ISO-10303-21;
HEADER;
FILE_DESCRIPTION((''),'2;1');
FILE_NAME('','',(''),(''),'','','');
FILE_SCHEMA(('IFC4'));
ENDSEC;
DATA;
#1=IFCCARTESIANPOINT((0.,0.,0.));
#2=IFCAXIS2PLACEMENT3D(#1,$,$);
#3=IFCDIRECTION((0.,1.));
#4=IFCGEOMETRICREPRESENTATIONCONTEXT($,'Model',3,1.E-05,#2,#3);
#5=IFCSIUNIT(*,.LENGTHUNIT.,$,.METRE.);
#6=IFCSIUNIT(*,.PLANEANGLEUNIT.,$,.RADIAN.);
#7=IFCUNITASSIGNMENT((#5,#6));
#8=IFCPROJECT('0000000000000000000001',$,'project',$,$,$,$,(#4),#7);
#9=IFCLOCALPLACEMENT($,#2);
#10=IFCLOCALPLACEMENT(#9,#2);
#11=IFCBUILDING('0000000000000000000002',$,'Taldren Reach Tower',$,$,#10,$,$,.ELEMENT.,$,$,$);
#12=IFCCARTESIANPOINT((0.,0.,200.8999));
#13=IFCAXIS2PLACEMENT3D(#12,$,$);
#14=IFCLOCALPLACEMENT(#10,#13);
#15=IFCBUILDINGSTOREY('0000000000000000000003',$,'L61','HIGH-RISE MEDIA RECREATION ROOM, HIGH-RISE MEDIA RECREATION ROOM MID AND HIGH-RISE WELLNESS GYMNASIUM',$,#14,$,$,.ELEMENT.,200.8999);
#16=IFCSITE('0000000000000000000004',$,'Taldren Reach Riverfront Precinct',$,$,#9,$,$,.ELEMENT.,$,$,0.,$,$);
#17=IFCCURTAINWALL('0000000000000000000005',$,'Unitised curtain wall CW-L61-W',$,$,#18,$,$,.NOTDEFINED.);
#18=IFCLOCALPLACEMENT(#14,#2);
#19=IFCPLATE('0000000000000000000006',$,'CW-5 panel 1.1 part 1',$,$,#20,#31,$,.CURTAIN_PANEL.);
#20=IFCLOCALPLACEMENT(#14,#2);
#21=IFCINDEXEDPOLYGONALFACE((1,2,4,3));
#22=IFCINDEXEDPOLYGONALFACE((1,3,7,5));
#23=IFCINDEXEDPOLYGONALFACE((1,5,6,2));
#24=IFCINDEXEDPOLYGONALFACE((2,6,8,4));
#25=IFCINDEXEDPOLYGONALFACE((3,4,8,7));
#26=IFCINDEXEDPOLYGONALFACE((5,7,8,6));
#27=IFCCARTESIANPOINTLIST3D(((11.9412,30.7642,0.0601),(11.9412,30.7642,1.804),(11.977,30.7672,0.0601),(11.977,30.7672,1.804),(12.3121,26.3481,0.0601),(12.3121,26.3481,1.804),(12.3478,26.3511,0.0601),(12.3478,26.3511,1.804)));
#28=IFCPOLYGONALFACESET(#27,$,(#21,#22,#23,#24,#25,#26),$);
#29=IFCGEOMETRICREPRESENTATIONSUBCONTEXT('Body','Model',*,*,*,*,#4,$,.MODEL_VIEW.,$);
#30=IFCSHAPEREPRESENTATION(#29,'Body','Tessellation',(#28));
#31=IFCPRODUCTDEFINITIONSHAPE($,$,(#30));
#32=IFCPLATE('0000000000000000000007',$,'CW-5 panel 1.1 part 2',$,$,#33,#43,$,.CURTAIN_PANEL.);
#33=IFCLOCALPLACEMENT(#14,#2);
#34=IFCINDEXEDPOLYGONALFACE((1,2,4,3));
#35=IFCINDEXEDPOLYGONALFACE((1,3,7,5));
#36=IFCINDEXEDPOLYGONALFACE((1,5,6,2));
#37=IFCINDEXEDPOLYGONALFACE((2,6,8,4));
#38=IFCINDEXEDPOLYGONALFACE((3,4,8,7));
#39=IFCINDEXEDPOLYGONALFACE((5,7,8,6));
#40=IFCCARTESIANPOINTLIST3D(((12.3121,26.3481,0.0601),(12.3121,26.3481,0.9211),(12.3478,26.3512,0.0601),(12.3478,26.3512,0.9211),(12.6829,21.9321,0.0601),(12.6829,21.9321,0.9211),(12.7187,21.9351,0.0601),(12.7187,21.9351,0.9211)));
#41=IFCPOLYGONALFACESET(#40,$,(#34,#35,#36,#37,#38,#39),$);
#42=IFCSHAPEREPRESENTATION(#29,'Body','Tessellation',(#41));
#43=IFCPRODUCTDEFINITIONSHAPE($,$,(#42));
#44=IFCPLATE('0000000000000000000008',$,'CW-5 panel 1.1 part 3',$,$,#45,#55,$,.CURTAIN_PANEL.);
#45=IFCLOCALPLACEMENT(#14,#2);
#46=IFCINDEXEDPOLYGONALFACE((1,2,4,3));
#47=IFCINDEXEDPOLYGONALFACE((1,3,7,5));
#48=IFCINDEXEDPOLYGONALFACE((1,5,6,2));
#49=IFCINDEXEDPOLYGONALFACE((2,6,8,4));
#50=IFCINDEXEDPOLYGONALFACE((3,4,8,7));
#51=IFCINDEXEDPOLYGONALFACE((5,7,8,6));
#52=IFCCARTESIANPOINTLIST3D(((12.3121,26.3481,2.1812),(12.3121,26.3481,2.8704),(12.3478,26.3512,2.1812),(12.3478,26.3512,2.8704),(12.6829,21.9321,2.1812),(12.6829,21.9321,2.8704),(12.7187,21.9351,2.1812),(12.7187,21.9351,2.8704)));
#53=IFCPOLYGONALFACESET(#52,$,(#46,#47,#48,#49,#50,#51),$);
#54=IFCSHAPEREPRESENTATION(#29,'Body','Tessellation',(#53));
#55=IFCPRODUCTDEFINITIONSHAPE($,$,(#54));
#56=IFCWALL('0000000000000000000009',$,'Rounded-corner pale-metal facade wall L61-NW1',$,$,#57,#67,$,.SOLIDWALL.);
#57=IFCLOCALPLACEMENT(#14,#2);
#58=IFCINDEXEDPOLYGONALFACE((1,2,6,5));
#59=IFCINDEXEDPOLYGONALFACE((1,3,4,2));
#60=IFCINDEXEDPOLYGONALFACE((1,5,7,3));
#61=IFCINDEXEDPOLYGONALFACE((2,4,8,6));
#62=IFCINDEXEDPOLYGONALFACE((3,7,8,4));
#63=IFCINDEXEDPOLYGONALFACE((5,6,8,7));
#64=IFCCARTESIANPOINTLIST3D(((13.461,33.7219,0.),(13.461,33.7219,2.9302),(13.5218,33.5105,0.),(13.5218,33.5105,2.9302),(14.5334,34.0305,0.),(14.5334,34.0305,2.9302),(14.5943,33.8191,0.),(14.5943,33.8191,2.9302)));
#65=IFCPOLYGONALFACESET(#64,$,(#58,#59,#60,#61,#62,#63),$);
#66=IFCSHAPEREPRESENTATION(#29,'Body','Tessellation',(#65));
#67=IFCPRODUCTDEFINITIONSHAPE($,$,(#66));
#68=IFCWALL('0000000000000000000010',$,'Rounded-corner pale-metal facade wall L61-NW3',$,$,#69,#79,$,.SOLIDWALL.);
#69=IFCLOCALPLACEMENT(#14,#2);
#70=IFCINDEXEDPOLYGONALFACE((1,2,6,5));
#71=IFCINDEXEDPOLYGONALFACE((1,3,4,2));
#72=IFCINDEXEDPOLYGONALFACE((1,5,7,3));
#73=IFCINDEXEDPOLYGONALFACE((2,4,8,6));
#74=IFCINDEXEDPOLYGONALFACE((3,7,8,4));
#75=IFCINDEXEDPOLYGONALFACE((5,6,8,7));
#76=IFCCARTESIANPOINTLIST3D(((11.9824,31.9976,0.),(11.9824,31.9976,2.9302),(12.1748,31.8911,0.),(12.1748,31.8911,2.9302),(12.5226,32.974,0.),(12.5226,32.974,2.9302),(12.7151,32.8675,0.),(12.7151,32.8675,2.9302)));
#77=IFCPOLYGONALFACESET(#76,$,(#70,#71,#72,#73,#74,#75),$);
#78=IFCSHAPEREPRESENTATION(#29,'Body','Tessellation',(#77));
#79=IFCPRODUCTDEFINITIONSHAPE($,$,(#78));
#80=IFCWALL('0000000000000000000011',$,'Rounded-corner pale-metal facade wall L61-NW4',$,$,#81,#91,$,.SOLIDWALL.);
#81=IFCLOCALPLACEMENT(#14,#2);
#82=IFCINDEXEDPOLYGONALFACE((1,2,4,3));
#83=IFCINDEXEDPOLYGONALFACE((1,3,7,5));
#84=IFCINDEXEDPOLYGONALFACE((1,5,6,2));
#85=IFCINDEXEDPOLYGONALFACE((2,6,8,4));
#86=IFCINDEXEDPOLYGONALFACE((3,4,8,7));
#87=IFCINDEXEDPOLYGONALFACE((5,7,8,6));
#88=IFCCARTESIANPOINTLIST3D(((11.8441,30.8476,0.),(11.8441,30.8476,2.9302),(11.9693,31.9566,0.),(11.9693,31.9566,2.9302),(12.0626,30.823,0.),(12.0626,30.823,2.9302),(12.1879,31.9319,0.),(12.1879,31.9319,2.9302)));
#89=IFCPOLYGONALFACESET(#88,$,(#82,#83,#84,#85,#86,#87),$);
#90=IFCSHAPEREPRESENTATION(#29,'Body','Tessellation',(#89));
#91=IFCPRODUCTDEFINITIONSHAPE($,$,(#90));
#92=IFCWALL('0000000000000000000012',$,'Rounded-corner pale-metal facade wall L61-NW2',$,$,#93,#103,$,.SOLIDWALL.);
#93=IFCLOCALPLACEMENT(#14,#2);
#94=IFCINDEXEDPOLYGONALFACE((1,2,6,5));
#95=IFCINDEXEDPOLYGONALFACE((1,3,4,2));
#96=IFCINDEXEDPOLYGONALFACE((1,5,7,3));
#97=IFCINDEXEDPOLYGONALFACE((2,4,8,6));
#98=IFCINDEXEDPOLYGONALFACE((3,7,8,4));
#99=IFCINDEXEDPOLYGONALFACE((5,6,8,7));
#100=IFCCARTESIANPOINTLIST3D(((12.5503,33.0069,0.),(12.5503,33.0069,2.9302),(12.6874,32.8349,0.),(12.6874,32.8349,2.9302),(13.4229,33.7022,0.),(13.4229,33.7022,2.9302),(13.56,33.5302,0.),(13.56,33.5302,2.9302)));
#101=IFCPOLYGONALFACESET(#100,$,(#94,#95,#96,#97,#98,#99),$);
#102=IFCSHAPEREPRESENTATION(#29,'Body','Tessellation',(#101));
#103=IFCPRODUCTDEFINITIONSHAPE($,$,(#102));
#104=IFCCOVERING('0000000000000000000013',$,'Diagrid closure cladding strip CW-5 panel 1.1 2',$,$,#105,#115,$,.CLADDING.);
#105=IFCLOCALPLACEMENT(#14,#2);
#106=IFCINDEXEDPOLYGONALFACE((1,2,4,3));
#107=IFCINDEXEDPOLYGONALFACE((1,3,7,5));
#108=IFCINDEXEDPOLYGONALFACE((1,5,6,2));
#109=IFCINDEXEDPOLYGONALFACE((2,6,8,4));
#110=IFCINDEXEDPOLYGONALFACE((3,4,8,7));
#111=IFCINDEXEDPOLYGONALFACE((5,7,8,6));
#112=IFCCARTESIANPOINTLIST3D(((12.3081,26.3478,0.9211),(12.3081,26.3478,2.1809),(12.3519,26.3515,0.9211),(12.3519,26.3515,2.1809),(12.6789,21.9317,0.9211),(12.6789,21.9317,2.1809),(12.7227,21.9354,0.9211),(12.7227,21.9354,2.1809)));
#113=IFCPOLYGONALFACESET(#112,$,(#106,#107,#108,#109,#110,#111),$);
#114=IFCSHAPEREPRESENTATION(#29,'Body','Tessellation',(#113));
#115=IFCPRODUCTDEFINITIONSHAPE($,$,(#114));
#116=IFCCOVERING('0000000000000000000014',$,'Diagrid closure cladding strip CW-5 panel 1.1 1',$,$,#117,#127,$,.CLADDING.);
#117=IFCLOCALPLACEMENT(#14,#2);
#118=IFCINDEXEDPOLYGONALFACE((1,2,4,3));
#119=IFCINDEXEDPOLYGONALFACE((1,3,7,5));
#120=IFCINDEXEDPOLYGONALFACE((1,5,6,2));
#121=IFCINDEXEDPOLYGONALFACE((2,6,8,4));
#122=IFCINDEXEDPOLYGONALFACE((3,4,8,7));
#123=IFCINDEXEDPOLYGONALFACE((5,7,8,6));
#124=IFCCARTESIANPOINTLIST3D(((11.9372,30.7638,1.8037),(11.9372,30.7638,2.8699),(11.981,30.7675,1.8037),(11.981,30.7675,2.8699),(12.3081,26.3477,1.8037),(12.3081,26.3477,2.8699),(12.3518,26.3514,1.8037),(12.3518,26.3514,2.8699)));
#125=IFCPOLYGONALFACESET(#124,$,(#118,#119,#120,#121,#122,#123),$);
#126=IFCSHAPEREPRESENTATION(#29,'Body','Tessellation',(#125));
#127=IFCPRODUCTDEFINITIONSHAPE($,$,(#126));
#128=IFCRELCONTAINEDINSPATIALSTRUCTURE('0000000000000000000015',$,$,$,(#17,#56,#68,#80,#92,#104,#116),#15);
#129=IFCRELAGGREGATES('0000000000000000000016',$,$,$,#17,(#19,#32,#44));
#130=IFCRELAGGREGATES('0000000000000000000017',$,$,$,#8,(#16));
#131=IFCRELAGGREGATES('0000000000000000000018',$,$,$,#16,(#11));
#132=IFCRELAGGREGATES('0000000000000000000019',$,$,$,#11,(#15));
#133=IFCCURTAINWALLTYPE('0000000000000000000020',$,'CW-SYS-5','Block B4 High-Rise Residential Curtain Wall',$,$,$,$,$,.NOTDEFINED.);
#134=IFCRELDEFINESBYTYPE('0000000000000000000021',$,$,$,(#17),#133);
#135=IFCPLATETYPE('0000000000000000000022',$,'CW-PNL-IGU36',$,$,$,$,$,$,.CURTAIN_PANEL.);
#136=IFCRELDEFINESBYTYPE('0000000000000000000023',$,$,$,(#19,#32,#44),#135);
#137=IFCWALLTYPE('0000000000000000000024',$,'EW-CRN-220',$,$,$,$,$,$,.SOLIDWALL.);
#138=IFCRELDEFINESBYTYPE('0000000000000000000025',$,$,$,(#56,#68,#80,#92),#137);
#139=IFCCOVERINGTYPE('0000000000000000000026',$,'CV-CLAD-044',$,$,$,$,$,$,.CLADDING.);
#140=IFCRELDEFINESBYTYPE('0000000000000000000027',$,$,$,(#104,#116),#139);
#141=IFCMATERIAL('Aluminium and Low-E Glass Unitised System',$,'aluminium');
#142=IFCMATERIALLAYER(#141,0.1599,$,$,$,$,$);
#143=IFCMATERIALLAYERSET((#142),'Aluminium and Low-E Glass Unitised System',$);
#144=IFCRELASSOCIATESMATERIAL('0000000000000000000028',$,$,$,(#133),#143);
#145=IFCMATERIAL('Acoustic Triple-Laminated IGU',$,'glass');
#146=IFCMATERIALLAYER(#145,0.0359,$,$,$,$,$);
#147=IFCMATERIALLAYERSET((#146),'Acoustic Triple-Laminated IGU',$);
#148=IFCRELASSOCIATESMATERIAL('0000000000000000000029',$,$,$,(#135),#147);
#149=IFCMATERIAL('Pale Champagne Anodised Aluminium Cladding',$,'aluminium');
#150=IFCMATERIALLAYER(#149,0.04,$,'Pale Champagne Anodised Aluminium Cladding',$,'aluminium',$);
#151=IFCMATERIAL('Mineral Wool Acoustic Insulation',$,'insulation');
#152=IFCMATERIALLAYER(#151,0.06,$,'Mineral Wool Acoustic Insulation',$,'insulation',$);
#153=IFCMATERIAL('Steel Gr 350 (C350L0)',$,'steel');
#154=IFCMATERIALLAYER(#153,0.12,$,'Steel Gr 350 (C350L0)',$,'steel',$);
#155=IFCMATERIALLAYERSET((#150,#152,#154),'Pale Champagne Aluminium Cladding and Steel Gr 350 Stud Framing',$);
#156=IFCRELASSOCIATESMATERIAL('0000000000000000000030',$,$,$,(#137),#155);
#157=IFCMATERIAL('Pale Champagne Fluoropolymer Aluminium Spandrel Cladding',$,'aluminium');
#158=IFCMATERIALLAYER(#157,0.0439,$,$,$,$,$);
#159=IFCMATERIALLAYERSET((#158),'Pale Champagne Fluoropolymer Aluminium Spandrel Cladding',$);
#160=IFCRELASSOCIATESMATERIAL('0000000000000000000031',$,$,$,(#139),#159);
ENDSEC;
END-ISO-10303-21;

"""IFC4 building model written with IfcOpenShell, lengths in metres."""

from ifc_helpers import new_model, si_unit, direction, frame, frame_2d, origin, origin_2d, place, context, subcontext, project, spatial, rectangle, extrude, source, transform, mapped, material, layer, layer_set, type_object, element, aggregate, save


model = new_model("IFC4")

# Units and contexts
model_context = context("Model", 3, precision=1e-05, world=origin(), true_north=direction((0.0, 1.0)))
body_context = subcontext(model_context, "Body", "Model", "MODEL_VIEW")
ifc_project = project(units=[si_unit("LENGTHUNIT", "METRE"), si_unit("PLANEANGLEUNIT", "RADIAN")], contexts=[model_context])

# Site, building, storey
site_placement = place(None, origin())
site = spatial("IfcSite", under=ifc_project, at=site_placement, Name="Taldren Reach Riverfront Precinct", CompositionType="ELEMENT", RefElevation=0.0)
building_placement = place(site_placement, origin())
building = spatial("IfcBuilding", under=site, at=building_placement, Name="Taldren Reach Tower", CompositionType="ELEMENT")
storey_placement = place(building_placement, frame((0.0, 0.0, 200.8999)))
storey = spatial("IfcBuildingStorey", under=building, at=storey_placement, Name="L61", Description="HIGH-RISE MEDIA RECREATION ROOM, HIGH-RISE MEDIA RECREATION ROOM MID AND HIGH-RISE WELLNESS GYMNASIUM", CompositionType="ELEMENT", Elevation=200.8999)

# Shared definitions
ifc_material_1 = material(Name="Steel Gr 350 (C350L0)", Category="steel")

# Shared definitions
ifc_material_2 = material(Name="Aluminium and Low-E Glass Unitised System", Category="aluminium")
ifc_layer_1 = layer(ifc_material_2, 0.1599)
ifc_layer_set_1 = layer_set([ifc_layer_1], Name="Aluminium and Low-E Glass Unitised System")
curtain_wall_type = type_object("IfcCurtainWallType", Name="CW-SYS-5", Description="Block B4 High-Rise Residential Curtain Wall", PredefinedType="NOTDEFINED", material=ifc_layer_set_1)

# Curtain wall
curtain_wall_1_placement = place(storey_placement, origin())
curtain_wall_1 = element("IfcCurtainWall", 1, at=curtain_wall_1_placement, inside=storey, type_object=curtain_wall_type, Name="Unitised curtain wall CW-L61-W", PredefinedType="NOTDEFINED")

# Plates
ifc_material_3 = material(Name="Acoustic Triple-Laminated IGU", Category="glass")
ifc_layer_2 = layer(ifc_material_3, 0.0359)
ifc_layer_set_2 = layer_set([ifc_layer_2], Name="Acoustic Triple-Laminated IGU")
plate_type_1 = type_object("IfcPlateType", Name="CW-PNL-IGU36", PredefinedType="CURTAIN_PANEL", material=ifc_layer_set_2)
shared_shape_1 = source(origin(), body_context, "Body", "SweptSolid", [
    extrude(rectangle(XDim=4.4316, YDim=0.0359, at=origin_2d()), origin(), (0.0, 0.0, 1.0), 1.7439),
])
plate_1_placement = place(storey_placement, frame((12.1445, 28.5576, 0.0601), z_axis=(0.0, 0.0, 1.0), x_axis=(0.083678, -0.996493, 0.0)))
plate_1 = element("IfcPlate", 2, at=plate_1_placement, type_object=plate_type_1, Name="CW-5 panel 1.1 part 1", PredefinedType="CURTAIN_PANEL", context=body_context, shape_type="MappedRepresentation", body=[
    mapped(shared_shape_1, transform((0.0, 0.0, 0.0), scale=1.0)),
])
shared_shape_2 = source(origin(), body_context, "Body", "SweptSolid", [
    extrude(rectangle(XDim=4.4316, YDim=0.0359, at=origin_2d()), origin(), (0.0, 0.0, 1.0), 0.8611),
])
plate_2_placement = place(storey_placement, frame((12.5154, 24.1416, 0.0601), z_axis=(0.0, 0.0, 1.0), x_axis=(0.083678, -0.996493, 0.0)))
plate_2 = element("IfcPlate", 3, at=plate_2_placement, type_object=plate_type_1, Name="CW-5 panel 1.1 part 2", PredefinedType="CURTAIN_PANEL", context=body_context, shape_type="MappedRepresentation", body=[
    mapped(shared_shape_2, transform((0.0, 0.0, 0.0), scale=1.0)),
])
shared_shape_3 = source(origin(), body_context, "Body", "SweptSolid", [
    extrude(rectangle(XDim=4.4316, YDim=0.0359, at=origin_2d()), origin(), (0.0, 0.0, 1.0), 0.6892),
])
plate_3_placement = place(storey_placement, frame((12.5154, 24.1416, 2.1812), z_axis=(0.0, 0.0, 1.0), x_axis=(0.083678, -0.996493, 0.0)))
plate_3 = element("IfcPlate", 4, at=plate_3_placement, type_object=plate_type_1, Name="CW-5 panel 1.1 part 3", PredefinedType="CURTAIN_PANEL", context=body_context, shape_type="MappedRepresentation", body=[
    mapped(shared_shape_3, transform((0.0, 0.0, 0.0), scale=1.0)),
])
aggregate(curtain_wall_1, [plate_1, plate_2, plate_3])

# Walls
ifc_material_4 = material(Name="Pale Champagne Anodised Aluminium Cladding", Category="aluminium")
ifc_layer_3 = layer(ifc_material_4, 0.04, Name="Pale Champagne Anodised Aluminium Cladding", Category="aluminium")
ifc_material_5 = material(Name="Mineral Wool Acoustic Insulation", Category="insulation")
ifc_layer_4 = layer(ifc_material_5, 0.06, Name="Mineral Wool Acoustic Insulation", Category="insulation")
ifc_layer_5 = layer(ifc_material_1, 0.12, Name="Steel Gr 350 (C350L0)", Category="steel")
ifc_layer_set_3 = layer_set([ifc_layer_3, ifc_layer_4, ifc_layer_5], Name="Pale Champagne Aluminium Cladding and Steel Gr 350 Stud Framing")
wall_type = type_object("IfcWallType", Name="EW-CRN-220", PredefinedType="SOLIDWALL", material=ifc_layer_set_3)
shared_shape_4 = source(origin(), body_context, "Body", "SweptSolid", [
    extrude(rectangle(XDim=1.116, YDim=0.22, at=frame_2d((0.5581, 0.0))), origin(), (0.0, 0.0, 1.0), 2.9302),
])
for number, where, z_axis, x_axis, name in (
    (5, (14.564, 33.9248, 0.0), (0.0, 0.0, 1.0), (-0.96101, -0.276512, 0.0), "Rounded-corner pale-metal facade wall L61-NW1"),
    (6, (12.6189, 32.9209, 0.0), (0.0, 0.0, 1.0), (-0.484101, -0.875012, 0.0), "Rounded-corner pale-metal facade wall L61-NW3"),
    (7, (12.0786, 31.9443, 0.0), (0.0, 0.0, 1.0), (-0.112232, -0.993682, 0.0), "Rounded-corner pale-metal facade wall L61-NW4"),
):
    element("IfcWall", number, at=place(storey_placement, frame(where, z_axis=z_axis, x_axis=x_axis)), inside=storey, type_object=wall_type, Name=name, PredefinedType="SOLIDWALL", context=body_context, shape_type="MappedRepresentation", body=[
        mapped(shared_shape_4, transform((0.0, 0.0, 0.0), scale=1.0)),
    ])
shared_shape_5 = source(origin(), body_context, "Body", "SweptSolid", [
    extrude(rectangle(XDim=1.1157, YDim=0.22, at=frame_2d((0.5579, 0.0))), origin(), (0.0, 0.0, 1.0), 2.9302),
])
wall_placement = place(storey_placement, frame((13.4915, 33.6162, 0.0), z_axis=(0.0, 0.0, 1.0), x_axis=(-0.782063, -0.6232, 0.0)))
element("IfcWall", 8, at=wall_placement, inside=storey, type_object=wall_type, Name="Rounded-corner pale-metal facade wall L61-NW2", PredefinedType="SOLIDWALL", context=body_context, shape_type="MappedRepresentation", body=[
    mapped(shared_shape_5, transform((0.0, 0.0, 0.0), scale=1.0)),
])

# Coverings
ifc_material_6 = material(Name="Pale Champagne Fluoropolymer Aluminium Spandrel Cladding", Category="aluminium")
ifc_layer_6 = layer(ifc_material_6, 0.0439)
ifc_layer_set_4 = layer_set([ifc_layer_6], Name="Pale Champagne Fluoropolymer Aluminium Spandrel Cladding")
covering_type = type_object("IfcCoveringType", Name="CV-CLAD-044", PredefinedType="CLADDING", material=ifc_layer_set_4)
shared_shape_6 = source(origin(), body_context, "Body", "SweptSolid", [
    extrude(rectangle(XDim=4.4316, YDim=0.0439, at=origin_2d()), origin(), (0.0, 0.0, 1.0), 1.2598),
])
covering_1_placement = place(storey_placement, frame((12.5154, 24.1416, 0.9211), z_axis=(0.0, 0.0, 1.0), x_axis=(0.083678, -0.996493, 0.0)))
element("IfcCovering", 9, at=covering_1_placement, inside=storey, type_object=covering_type, Name="Diagrid closure cladding strip CW-5 panel 1.1 2", PredefinedType="CLADDING", context=body_context, shape_type="MappedRepresentation", body=[
    mapped(shared_shape_6, transform((0.0, 0.0, 0.0), scale=1.0)),
])
shared_shape_7 = source(origin(), body_context, "Body", "SweptSolid", [
    extrude(rectangle(XDim=4.4316, YDim=0.0439, at=origin_2d()), origin(), (0.0, 0.0, 1.0), 1.0662),
])
covering_2_placement = place(storey_placement, frame((12.1445, 28.5576, 1.8037), z_axis=(0.0, 0.0, 1.0), x_axis=(0.083678, -0.996493, 0.0)))
element("IfcCovering", 10, at=covering_2_placement, inside=storey, type_object=covering_type, Name="Diagrid closure cladding strip CW-5 panel 1.1 1", PredefinedType="CLADDING", context=body_context, shape_type="MappedRepresentation", body=[
    mapped(shared_shape_7, transform((0.0, 0.0, 0.0), scale=1.0)),
])

save(model, "model.ifc")
